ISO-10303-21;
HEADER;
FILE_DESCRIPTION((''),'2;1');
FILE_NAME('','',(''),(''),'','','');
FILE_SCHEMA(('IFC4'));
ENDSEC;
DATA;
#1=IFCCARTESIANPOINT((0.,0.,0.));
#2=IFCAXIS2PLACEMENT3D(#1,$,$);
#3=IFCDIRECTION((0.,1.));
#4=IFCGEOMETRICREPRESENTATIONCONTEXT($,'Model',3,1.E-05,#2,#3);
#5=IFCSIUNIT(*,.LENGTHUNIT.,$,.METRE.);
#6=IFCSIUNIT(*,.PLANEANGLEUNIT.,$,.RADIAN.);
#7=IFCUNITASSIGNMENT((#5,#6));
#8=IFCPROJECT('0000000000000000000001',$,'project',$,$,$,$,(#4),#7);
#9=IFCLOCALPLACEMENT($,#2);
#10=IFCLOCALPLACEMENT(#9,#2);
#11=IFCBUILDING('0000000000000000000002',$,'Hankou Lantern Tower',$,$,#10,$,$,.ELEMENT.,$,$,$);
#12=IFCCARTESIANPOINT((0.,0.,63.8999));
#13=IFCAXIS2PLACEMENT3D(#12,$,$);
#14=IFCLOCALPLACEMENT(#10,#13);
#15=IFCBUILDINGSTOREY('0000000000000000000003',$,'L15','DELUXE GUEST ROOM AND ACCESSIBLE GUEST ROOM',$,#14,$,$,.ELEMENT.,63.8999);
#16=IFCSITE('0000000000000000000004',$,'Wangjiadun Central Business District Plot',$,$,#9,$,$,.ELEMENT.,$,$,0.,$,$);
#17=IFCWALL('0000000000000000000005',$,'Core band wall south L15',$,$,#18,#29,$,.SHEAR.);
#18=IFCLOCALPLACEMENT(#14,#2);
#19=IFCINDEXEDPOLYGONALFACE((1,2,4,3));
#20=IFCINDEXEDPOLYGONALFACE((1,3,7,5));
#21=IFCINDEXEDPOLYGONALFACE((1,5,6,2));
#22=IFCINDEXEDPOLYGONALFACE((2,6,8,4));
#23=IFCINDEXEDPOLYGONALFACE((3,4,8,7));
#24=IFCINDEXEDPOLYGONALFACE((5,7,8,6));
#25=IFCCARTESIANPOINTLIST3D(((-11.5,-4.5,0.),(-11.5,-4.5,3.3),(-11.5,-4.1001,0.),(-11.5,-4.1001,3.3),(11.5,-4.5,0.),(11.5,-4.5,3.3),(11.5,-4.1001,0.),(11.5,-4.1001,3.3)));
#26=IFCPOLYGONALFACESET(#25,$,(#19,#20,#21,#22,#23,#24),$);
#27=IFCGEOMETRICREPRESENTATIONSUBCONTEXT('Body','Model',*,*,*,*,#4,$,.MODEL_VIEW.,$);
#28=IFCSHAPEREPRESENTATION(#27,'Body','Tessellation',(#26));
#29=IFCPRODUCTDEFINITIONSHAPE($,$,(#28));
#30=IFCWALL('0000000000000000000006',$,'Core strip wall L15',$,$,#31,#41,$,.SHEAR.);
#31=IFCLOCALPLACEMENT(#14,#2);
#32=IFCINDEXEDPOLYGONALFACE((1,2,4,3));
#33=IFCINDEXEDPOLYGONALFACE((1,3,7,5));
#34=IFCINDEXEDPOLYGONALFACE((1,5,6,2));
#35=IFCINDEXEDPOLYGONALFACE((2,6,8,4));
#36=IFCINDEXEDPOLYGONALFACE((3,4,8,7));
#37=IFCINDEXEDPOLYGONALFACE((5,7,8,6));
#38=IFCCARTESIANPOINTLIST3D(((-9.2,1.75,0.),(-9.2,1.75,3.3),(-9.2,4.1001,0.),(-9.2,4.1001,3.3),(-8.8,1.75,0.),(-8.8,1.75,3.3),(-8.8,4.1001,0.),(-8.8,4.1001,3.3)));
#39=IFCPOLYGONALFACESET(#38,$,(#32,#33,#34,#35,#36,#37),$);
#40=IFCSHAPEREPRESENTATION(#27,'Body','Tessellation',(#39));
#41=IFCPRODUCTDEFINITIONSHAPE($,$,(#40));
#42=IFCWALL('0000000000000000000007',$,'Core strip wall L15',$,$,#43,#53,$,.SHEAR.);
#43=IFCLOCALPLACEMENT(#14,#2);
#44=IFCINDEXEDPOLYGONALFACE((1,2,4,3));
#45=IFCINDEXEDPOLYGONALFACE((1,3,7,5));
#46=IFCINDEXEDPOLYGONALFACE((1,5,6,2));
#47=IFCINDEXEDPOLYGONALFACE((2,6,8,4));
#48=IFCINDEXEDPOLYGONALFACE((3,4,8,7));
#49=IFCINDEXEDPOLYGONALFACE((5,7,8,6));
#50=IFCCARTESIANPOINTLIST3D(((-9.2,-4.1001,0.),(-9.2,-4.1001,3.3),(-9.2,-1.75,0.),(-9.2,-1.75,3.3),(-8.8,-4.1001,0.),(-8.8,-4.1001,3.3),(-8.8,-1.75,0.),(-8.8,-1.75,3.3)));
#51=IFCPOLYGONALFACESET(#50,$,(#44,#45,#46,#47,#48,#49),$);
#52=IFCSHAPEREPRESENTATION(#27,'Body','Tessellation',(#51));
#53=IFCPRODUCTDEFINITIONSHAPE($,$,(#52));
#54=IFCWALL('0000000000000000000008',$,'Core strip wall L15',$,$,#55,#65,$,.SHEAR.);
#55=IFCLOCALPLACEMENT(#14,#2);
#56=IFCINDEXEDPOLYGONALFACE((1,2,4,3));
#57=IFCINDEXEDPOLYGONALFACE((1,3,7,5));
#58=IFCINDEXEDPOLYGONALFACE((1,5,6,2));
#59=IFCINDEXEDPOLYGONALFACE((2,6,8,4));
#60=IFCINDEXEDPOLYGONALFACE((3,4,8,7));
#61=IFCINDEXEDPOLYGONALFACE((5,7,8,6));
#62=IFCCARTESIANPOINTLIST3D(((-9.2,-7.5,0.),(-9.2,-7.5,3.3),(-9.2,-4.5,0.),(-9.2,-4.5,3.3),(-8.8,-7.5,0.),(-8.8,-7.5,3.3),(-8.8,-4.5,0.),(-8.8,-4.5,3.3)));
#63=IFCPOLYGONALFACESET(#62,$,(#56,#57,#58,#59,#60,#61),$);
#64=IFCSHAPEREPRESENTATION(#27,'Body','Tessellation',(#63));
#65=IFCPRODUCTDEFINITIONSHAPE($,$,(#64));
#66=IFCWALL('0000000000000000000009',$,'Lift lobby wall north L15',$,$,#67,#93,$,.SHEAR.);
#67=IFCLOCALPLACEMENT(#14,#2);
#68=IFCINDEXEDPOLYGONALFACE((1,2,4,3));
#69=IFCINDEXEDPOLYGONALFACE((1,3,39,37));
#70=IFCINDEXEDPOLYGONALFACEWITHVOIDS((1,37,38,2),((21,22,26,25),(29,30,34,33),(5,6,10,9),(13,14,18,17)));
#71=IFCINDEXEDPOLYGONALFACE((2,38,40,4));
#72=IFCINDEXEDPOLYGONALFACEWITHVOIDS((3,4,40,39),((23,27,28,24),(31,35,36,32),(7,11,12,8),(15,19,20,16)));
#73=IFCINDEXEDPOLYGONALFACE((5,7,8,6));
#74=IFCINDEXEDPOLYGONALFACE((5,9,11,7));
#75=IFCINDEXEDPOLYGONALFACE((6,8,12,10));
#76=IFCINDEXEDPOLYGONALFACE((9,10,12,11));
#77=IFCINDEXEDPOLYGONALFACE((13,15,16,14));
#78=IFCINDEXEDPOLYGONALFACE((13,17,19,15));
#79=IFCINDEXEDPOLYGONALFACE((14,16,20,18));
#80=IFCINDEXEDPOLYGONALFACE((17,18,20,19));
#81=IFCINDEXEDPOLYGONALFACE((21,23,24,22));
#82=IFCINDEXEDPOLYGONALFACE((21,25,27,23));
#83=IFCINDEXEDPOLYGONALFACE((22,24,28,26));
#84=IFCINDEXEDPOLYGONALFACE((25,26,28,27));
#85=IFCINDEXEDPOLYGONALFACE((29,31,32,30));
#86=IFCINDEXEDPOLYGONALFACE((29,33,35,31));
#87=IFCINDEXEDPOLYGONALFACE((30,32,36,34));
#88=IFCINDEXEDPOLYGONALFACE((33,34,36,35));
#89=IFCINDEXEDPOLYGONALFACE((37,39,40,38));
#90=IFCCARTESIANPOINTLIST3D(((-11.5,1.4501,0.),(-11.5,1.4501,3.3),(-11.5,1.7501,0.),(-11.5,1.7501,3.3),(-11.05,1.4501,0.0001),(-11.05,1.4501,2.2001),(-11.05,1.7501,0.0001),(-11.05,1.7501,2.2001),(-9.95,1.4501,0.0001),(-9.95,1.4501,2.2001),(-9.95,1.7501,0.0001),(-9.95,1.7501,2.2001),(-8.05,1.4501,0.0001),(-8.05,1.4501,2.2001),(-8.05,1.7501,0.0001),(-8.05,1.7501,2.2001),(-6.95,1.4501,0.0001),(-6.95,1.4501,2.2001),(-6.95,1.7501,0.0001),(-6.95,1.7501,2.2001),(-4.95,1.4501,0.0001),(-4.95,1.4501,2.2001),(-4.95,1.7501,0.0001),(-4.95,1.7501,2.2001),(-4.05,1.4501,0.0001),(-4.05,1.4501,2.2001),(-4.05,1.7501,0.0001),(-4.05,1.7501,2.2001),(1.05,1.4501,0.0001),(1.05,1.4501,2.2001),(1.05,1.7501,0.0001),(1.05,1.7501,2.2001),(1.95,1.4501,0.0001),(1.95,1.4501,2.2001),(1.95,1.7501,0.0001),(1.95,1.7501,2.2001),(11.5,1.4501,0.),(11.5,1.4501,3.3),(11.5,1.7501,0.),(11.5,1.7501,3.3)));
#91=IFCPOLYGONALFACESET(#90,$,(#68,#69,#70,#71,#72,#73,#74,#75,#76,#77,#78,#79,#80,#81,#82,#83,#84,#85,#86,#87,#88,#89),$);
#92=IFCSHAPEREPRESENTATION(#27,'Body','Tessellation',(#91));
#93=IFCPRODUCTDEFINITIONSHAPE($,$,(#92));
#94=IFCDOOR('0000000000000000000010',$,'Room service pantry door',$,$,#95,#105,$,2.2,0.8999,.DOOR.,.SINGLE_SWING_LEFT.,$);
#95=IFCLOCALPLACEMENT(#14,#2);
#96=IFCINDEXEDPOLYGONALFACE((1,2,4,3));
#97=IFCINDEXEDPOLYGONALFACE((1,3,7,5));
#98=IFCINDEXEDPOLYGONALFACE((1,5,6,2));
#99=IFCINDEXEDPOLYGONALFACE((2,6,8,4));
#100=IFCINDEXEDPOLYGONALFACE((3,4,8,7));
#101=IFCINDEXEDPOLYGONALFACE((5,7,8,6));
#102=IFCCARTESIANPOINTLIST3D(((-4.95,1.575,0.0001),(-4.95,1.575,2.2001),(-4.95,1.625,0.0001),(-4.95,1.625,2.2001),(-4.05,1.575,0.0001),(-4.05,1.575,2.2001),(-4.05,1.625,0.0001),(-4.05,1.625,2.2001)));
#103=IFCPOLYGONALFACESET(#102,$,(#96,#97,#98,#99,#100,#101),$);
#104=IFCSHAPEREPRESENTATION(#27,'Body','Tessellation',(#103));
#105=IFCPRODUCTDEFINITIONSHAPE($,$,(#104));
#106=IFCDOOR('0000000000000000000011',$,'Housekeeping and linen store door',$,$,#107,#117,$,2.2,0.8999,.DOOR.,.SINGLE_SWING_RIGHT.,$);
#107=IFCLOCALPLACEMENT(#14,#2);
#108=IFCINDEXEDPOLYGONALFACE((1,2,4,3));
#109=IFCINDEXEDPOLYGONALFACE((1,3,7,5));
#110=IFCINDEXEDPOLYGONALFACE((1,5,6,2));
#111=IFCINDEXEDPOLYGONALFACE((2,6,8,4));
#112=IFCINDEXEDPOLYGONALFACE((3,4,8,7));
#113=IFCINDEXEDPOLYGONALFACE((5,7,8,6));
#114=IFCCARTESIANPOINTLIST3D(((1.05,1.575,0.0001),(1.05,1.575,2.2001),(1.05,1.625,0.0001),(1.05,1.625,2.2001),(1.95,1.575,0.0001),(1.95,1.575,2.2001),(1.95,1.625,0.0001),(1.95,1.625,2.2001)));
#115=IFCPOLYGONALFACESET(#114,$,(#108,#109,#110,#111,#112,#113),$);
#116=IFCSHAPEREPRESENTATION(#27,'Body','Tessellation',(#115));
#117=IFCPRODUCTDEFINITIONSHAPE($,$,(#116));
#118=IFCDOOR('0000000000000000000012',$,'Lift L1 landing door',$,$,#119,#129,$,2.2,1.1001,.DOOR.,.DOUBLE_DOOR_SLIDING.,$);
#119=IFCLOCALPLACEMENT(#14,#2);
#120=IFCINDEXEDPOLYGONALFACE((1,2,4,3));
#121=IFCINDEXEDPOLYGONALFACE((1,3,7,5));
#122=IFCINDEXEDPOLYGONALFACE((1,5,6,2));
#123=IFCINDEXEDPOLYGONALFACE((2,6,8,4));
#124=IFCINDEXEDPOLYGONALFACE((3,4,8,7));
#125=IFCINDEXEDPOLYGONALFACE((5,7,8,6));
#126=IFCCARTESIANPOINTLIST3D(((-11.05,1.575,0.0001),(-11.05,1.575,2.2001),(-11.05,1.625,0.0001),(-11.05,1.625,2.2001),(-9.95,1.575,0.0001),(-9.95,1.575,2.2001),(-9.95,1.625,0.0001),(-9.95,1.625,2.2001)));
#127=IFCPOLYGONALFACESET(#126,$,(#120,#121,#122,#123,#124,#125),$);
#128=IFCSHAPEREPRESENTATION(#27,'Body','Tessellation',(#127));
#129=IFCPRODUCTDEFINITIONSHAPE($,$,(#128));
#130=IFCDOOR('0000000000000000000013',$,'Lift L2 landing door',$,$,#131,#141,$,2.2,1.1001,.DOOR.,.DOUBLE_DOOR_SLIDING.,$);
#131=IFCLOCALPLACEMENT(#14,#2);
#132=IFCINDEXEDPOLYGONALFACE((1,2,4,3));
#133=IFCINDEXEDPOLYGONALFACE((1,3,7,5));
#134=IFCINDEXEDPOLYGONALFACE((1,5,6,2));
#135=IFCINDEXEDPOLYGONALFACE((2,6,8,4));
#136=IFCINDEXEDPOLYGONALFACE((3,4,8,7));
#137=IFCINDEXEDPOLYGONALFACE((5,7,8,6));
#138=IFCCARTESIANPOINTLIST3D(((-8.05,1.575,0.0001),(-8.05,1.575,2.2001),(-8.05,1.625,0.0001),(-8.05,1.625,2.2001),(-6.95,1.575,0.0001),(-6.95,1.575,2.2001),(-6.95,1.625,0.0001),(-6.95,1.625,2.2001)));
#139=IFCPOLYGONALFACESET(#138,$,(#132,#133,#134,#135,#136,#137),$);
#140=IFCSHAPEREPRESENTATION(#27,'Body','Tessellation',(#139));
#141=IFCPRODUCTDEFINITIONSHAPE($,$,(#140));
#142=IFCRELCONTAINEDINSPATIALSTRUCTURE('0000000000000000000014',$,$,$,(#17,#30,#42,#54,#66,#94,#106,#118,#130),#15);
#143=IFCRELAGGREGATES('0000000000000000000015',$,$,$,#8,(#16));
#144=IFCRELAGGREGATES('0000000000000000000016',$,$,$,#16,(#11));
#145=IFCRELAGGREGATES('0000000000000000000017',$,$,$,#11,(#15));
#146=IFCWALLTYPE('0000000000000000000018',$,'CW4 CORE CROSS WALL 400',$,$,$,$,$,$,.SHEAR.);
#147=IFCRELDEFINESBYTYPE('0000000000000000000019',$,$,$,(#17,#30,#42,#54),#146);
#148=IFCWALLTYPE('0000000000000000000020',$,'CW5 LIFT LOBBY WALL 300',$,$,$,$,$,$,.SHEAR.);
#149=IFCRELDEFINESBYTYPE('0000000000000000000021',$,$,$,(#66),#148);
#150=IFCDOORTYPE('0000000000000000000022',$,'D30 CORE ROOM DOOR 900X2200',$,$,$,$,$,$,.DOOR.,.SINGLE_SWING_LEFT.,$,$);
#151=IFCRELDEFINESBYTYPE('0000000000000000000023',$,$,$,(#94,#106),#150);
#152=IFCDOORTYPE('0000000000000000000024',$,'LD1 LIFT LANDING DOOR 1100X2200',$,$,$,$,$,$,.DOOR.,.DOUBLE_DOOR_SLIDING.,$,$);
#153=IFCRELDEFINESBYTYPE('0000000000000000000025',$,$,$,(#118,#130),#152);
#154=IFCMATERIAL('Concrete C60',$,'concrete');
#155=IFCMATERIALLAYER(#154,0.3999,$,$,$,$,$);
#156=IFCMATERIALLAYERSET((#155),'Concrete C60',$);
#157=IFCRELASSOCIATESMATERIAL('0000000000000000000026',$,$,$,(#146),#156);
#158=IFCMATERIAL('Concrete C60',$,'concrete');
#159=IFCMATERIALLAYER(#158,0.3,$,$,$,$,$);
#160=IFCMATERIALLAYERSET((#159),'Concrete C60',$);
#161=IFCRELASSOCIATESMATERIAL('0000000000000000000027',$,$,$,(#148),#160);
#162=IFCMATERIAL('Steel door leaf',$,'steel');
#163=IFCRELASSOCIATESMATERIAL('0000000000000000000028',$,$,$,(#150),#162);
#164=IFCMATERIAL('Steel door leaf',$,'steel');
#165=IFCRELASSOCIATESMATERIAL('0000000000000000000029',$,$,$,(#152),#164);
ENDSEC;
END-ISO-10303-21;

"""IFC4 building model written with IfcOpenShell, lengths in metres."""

from ifc_helpers import new_model, si_unit, direction, frame, frame_2d, origin, place, context, subcontext, project, spatial, rectangle, extrude, material, layer, layer_set, type_object, element, fill, save


model = new_model("IFC4")

# Units and contexts
model_context = context("Model", 3, precision=1e-05, world=origin(), true_north=direction((0.0, 1.0)))
body_context = subcontext(model_context, "Body", "Model", "MODEL_VIEW")
ifc_project = project(units=[si_unit("LENGTHUNIT", "METRE"), si_unit("PLANEANGLEUNIT", "RADIAN")], contexts=[model_context])

# Site, building, storey
site_placement = place(None, origin())
site = spatial("IfcSite", under=ifc_project, at=site_placement, Name="Wangjiadun Central Business District Plot", CompositionType="ELEMENT", RefElevation=0.0)
building_placement = place(site_placement, origin())
building = spatial("IfcBuilding", under=site, at=building_placement, Name="Hankou Lantern Tower", CompositionType="ELEMENT")
storey_placement = place(building_placement, frame((0.0, 0.0, 63.8999)))
storey = spatial("IfcBuildingStorey", under=building, at=storey_placement, Name="L15", Description="DELUXE GUEST ROOM AND ACCESSIBLE GUEST ROOM", CompositionType="ELEMENT", Elevation=63.8999)

# Walls
ifc_material_1 = material(Name="Concrete C60", Category="concrete")
ifc_layer_1 = layer(ifc_material_1, 0.3999)
ifc_layer_set_1 = layer_set([ifc_layer_1], Name="Concrete C60")
wall_type_1 = type_object("IfcWallType", Name="CW4 CORE CROSS WALL 400", PredefinedType="SHEAR", material=ifc_layer_set_1)
wall_1_placement = place(storey_placement, frame((-11.5, -4.3, 0.0), z_axis=(0.0, 0.0, 1.0), x_axis=(1.0, 0.0, 0.0)))
element("IfcWall", 1, at=wall_1_placement, inside=storey, type_object=wall_type_1, Name="Core band wall south L15", PredefinedType="SHEAR", context=body_context, shape_type="SweptSolid", body=[
    extrude(rectangle(XDim=23.0, YDim=0.3999, at=frame_2d((11.5, 0.0))), origin(), (0.0, 0.0, 1.0), 3.3),
])
for number, where, z_axis, x_axis, name in (
    (2, (-9.0, 1.75, 0.0), (0.0, 0.0, 1.0), (0.0, 1.0, 0.0), "Core strip wall L15"),
    (3, (-9.0, -4.1001, 0.0), (0.0, 0.0, 1.0), (0.0, 1.0, 0.0), "Core strip wall L15"),
):
    element("IfcWall", number, at=place(storey_placement, frame(where, z_axis=z_axis, x_axis=x_axis)), inside=storey, type_object=wall_type_1, Name=name, PredefinedType="SHEAR", context=body_context, shape_type="SweptSolid", body=[
        extrude(rectangle(XDim=2.3501, YDim=0.3999, at=frame_2d((1.175, 0.0))), origin(), (0.0, 0.0, 1.0), 3.3),
    ])
wall_2_placement = place(storey_placement, frame((-9.0, -7.5, 0.0), z_axis=(0.0, 0.0, 1.0), x_axis=(0.0, 1.0, 0.0)))
element("IfcWall", 4, at=wall_2_placement, inside=storey, type_object=wall_type_1, Name="Core strip wall L15", PredefinedType="SHEAR", context=body_context, shape_type="SweptSolid", body=[
    extrude(rectangle(XDim=3.0, YDim=0.3999, at=frame_2d((1.5, 0.0))), origin(), (0.0, 0.0, 1.0), 3.3),
])

# Wall, openings, doors
ifc_material_2 = material(Name="Concrete C60", Category="concrete")
ifc_layer_2 = layer(ifc_material_2, 0.3)
ifc_layer_set_2 = layer_set([ifc_layer_2], Name="Concrete C60")
wall_type_2 = type_object("IfcWallType", Name="CW5 LIFT LOBBY WALL 300", PredefinedType="SHEAR", material=ifc_layer_set_2)
wall_3_placement = place(storey_placement, frame((-11.5, 1.6001, 0.0), z_axis=(0.0, 0.0, 1.0), x_axis=(1.0, 0.0, 0.0)))
wall_3 = element("IfcWall", 5, at=wall_3_placement, inside=storey, type_object=wall_type_2, Name="Lift lobby wall north L15", PredefinedType="SHEAR", context=body_context, shape_type="SweptSolid", body=[
    extrude(rectangle(XDim=23.0, YDim=0.3, at=frame_2d((11.5, 0.0))), origin(), (0.0, 0.0, 1.0), 3.3),
])
opening_1_placement = place(wall_3_placement, frame((0.45, 0.0, 0.0)))
opening_1 = element("IfcOpeningElement", 6, at=opening_1_placement, cuts=wall_3, PredefinedType="OPENING", context=body_context, shape_type="SweptSolid", body=[
    extrude(rectangle(XDim=1.1001, YDim=2.2, at=frame_2d((0.55, 1.1001))), frame((0.0, 0.1599, 0.0), z_axis=(0.0, -1.0, 0.0), x_axis=(1.0, 0.0, 0.0)), (0.0, 0.0, 1.0), 0.3201),
])
opening_2_placement = place(wall_3_placement, frame((3.45, 0.0, 0.0)))
opening_2 = element("IfcOpeningElement", 7, at=opening_2_placement, cuts=wall_3, PredefinedType="OPENING", context=body_context, shape_type="SweptSolid", body=[
    extrude(rectangle(XDim=1.1001, YDim=2.2, at=frame_2d((0.55, 1.1001))), frame((0.0, 0.1599, 0.0), z_axis=(0.0, -1.0, 0.0), x_axis=(1.0, 0.0, 0.0)), (0.0, 0.0, 1.0), 0.3201),
])
opening_3_placement = place(wall_3_placement, frame((6.55, 0.0, 0.0)))
opening_3 = element("IfcOpeningElement", 8, at=opening_3_placement, cuts=wall_3, PredefinedType="OPENING", context=body_context, shape_type="SweptSolid", body=[
    extrude(rectangle(XDim=0.8999, YDim=2.2, at=frame_2d((0.45, 1.1001))), frame((0.0, 0.1599, 0.0), z_axis=(0.0, -1.0, 0.0), x_axis=(1.0, 0.0, 0.0)), (0.0, 0.0, 1.0), 0.3201),
])
opening_4_placement = place(wall_3_placement, frame((12.55, 0.0, 0.0)))
opening_4 = element("IfcOpeningElement", 9, at=opening_4_placement, cuts=wall_3, PredefinedType="OPENING", context=body_context, shape_type="SweptSolid", body=[
    extrude(rectangle(XDim=0.8999, YDim=2.2, at=frame_2d((0.45, 1.1001))), frame((0.0, 0.1599, 0.0), z_axis=(0.0, -1.0, 0.0), x_axis=(1.0, 0.0, 0.0)), (0.0, 0.0, 1.0), 0.3201),
])
ifc_material_3 = material(Name="Steel door leaf", Category="steel")
door_type_1 = type_object("IfcDoorType", Name="D30 CORE ROOM DOOR 900X2200", OperationType="SINGLE_SWING_LEFT", PredefinedType="DOOR", material=ifc_material_3)
door_1_placement = place(opening_3_placement, origin())
door_1 = element("IfcDoor", 10, at=door_1_placement, inside=storey, type_object=door_type_1, Name="Room service pantry door", OperationType="SINGLE_SWING_LEFT", OverallHeight=2.2, OverallWidth=0.8999, PredefinedType="DOOR", context=body_context, shape_type="SweptSolid", body=[
    extrude(rectangle(XDim=0.8999, YDim=2.2, at=frame_2d((0.45, 1.1001))), frame((0.0, 0.0249, 0.0), z_axis=(0.0, -1.0, 0.0), x_axis=(1.0, 0.0, 0.0)), (0.0, 0.0, 1.0), 0.05),
])
fill(opening_3, door_1)
door_2_placement = place(opening_4_placement, origin())
door_2 = element("IfcDoor", 11, at=door_2_placement, inside=storey, type_object=door_type_1, Name="Housekeeping and linen store door", OperationType="SINGLE_SWING_RIGHT", OverallHeight=2.2, OverallWidth=0.8999, PredefinedType="DOOR", context=body_context, shape_type="SweptSolid", body=[
    extrude(rectangle(XDim=0.8999, YDim=2.2, at=frame_2d((0.45, 1.1001))), frame((0.0, 0.0249, 0.0), z_axis=(0.0, -1.0, 0.0), x_axis=(1.0, 0.0, 0.0)), (0.0, 0.0, 1.0), 0.05),
])
fill(opening_4, door_2)
ifc_material_4 = material(Name="Steel door leaf", Category="steel")
door_type_2 = type_object("IfcDoorType", Name="LD1 LIFT LANDING DOOR 1100X2200", OperationType="DOUBLE_DOOR_SLIDING", PredefinedType="DOOR", material=ifc_material_4)
door_3_placement = place(opening_1_placement, origin())
door_3 = element("IfcDoor", 12, at=door_3_placement, inside=storey, type_object=door_type_2, Name="Lift L1 landing door", OperationType="DOUBLE_DOOR_SLIDING", OverallHeight=2.2, OverallWidth=1.1001, PredefinedType="DOOR", context=body_context, shape_type="SweptSolid", body=[
    extrude(rectangle(XDim=1.1001, YDim=2.2, at=frame_2d((0.55, 1.1001))), frame((0.0, 0.0249, 0.0), z_axis=(0.0, -1.0, 0.0), x_axis=(1.0, 0.0, 0.0)), (0.0, 0.0, 1.0), 0.05),
])
fill(opening_1, door_3)
door_4_placement = place(opening_2_placement, origin())
door_4 = element("IfcDoor", 13, at=door_4_placement, inside=storey, type_object=door_type_2, Name="Lift L2 landing door", OperationType="DOUBLE_DOOR_SLIDING", OverallHeight=2.2, OverallWidth=1.1001, PredefinedType="DOOR", context=body_context, shape_type="SweptSolid", body=[
    extrude(rectangle(XDim=1.1001, YDim=2.2, at=frame_2d((0.55, 1.1001))), frame((0.0, 0.0249, 0.0), z_axis=(0.0, -1.0, 0.0), x_axis=(1.0, 0.0, 0.0)), (0.0, 0.0, 1.0), 0.05),
])
fill(opening_2, door_4)

save(model, "model.ifc")
